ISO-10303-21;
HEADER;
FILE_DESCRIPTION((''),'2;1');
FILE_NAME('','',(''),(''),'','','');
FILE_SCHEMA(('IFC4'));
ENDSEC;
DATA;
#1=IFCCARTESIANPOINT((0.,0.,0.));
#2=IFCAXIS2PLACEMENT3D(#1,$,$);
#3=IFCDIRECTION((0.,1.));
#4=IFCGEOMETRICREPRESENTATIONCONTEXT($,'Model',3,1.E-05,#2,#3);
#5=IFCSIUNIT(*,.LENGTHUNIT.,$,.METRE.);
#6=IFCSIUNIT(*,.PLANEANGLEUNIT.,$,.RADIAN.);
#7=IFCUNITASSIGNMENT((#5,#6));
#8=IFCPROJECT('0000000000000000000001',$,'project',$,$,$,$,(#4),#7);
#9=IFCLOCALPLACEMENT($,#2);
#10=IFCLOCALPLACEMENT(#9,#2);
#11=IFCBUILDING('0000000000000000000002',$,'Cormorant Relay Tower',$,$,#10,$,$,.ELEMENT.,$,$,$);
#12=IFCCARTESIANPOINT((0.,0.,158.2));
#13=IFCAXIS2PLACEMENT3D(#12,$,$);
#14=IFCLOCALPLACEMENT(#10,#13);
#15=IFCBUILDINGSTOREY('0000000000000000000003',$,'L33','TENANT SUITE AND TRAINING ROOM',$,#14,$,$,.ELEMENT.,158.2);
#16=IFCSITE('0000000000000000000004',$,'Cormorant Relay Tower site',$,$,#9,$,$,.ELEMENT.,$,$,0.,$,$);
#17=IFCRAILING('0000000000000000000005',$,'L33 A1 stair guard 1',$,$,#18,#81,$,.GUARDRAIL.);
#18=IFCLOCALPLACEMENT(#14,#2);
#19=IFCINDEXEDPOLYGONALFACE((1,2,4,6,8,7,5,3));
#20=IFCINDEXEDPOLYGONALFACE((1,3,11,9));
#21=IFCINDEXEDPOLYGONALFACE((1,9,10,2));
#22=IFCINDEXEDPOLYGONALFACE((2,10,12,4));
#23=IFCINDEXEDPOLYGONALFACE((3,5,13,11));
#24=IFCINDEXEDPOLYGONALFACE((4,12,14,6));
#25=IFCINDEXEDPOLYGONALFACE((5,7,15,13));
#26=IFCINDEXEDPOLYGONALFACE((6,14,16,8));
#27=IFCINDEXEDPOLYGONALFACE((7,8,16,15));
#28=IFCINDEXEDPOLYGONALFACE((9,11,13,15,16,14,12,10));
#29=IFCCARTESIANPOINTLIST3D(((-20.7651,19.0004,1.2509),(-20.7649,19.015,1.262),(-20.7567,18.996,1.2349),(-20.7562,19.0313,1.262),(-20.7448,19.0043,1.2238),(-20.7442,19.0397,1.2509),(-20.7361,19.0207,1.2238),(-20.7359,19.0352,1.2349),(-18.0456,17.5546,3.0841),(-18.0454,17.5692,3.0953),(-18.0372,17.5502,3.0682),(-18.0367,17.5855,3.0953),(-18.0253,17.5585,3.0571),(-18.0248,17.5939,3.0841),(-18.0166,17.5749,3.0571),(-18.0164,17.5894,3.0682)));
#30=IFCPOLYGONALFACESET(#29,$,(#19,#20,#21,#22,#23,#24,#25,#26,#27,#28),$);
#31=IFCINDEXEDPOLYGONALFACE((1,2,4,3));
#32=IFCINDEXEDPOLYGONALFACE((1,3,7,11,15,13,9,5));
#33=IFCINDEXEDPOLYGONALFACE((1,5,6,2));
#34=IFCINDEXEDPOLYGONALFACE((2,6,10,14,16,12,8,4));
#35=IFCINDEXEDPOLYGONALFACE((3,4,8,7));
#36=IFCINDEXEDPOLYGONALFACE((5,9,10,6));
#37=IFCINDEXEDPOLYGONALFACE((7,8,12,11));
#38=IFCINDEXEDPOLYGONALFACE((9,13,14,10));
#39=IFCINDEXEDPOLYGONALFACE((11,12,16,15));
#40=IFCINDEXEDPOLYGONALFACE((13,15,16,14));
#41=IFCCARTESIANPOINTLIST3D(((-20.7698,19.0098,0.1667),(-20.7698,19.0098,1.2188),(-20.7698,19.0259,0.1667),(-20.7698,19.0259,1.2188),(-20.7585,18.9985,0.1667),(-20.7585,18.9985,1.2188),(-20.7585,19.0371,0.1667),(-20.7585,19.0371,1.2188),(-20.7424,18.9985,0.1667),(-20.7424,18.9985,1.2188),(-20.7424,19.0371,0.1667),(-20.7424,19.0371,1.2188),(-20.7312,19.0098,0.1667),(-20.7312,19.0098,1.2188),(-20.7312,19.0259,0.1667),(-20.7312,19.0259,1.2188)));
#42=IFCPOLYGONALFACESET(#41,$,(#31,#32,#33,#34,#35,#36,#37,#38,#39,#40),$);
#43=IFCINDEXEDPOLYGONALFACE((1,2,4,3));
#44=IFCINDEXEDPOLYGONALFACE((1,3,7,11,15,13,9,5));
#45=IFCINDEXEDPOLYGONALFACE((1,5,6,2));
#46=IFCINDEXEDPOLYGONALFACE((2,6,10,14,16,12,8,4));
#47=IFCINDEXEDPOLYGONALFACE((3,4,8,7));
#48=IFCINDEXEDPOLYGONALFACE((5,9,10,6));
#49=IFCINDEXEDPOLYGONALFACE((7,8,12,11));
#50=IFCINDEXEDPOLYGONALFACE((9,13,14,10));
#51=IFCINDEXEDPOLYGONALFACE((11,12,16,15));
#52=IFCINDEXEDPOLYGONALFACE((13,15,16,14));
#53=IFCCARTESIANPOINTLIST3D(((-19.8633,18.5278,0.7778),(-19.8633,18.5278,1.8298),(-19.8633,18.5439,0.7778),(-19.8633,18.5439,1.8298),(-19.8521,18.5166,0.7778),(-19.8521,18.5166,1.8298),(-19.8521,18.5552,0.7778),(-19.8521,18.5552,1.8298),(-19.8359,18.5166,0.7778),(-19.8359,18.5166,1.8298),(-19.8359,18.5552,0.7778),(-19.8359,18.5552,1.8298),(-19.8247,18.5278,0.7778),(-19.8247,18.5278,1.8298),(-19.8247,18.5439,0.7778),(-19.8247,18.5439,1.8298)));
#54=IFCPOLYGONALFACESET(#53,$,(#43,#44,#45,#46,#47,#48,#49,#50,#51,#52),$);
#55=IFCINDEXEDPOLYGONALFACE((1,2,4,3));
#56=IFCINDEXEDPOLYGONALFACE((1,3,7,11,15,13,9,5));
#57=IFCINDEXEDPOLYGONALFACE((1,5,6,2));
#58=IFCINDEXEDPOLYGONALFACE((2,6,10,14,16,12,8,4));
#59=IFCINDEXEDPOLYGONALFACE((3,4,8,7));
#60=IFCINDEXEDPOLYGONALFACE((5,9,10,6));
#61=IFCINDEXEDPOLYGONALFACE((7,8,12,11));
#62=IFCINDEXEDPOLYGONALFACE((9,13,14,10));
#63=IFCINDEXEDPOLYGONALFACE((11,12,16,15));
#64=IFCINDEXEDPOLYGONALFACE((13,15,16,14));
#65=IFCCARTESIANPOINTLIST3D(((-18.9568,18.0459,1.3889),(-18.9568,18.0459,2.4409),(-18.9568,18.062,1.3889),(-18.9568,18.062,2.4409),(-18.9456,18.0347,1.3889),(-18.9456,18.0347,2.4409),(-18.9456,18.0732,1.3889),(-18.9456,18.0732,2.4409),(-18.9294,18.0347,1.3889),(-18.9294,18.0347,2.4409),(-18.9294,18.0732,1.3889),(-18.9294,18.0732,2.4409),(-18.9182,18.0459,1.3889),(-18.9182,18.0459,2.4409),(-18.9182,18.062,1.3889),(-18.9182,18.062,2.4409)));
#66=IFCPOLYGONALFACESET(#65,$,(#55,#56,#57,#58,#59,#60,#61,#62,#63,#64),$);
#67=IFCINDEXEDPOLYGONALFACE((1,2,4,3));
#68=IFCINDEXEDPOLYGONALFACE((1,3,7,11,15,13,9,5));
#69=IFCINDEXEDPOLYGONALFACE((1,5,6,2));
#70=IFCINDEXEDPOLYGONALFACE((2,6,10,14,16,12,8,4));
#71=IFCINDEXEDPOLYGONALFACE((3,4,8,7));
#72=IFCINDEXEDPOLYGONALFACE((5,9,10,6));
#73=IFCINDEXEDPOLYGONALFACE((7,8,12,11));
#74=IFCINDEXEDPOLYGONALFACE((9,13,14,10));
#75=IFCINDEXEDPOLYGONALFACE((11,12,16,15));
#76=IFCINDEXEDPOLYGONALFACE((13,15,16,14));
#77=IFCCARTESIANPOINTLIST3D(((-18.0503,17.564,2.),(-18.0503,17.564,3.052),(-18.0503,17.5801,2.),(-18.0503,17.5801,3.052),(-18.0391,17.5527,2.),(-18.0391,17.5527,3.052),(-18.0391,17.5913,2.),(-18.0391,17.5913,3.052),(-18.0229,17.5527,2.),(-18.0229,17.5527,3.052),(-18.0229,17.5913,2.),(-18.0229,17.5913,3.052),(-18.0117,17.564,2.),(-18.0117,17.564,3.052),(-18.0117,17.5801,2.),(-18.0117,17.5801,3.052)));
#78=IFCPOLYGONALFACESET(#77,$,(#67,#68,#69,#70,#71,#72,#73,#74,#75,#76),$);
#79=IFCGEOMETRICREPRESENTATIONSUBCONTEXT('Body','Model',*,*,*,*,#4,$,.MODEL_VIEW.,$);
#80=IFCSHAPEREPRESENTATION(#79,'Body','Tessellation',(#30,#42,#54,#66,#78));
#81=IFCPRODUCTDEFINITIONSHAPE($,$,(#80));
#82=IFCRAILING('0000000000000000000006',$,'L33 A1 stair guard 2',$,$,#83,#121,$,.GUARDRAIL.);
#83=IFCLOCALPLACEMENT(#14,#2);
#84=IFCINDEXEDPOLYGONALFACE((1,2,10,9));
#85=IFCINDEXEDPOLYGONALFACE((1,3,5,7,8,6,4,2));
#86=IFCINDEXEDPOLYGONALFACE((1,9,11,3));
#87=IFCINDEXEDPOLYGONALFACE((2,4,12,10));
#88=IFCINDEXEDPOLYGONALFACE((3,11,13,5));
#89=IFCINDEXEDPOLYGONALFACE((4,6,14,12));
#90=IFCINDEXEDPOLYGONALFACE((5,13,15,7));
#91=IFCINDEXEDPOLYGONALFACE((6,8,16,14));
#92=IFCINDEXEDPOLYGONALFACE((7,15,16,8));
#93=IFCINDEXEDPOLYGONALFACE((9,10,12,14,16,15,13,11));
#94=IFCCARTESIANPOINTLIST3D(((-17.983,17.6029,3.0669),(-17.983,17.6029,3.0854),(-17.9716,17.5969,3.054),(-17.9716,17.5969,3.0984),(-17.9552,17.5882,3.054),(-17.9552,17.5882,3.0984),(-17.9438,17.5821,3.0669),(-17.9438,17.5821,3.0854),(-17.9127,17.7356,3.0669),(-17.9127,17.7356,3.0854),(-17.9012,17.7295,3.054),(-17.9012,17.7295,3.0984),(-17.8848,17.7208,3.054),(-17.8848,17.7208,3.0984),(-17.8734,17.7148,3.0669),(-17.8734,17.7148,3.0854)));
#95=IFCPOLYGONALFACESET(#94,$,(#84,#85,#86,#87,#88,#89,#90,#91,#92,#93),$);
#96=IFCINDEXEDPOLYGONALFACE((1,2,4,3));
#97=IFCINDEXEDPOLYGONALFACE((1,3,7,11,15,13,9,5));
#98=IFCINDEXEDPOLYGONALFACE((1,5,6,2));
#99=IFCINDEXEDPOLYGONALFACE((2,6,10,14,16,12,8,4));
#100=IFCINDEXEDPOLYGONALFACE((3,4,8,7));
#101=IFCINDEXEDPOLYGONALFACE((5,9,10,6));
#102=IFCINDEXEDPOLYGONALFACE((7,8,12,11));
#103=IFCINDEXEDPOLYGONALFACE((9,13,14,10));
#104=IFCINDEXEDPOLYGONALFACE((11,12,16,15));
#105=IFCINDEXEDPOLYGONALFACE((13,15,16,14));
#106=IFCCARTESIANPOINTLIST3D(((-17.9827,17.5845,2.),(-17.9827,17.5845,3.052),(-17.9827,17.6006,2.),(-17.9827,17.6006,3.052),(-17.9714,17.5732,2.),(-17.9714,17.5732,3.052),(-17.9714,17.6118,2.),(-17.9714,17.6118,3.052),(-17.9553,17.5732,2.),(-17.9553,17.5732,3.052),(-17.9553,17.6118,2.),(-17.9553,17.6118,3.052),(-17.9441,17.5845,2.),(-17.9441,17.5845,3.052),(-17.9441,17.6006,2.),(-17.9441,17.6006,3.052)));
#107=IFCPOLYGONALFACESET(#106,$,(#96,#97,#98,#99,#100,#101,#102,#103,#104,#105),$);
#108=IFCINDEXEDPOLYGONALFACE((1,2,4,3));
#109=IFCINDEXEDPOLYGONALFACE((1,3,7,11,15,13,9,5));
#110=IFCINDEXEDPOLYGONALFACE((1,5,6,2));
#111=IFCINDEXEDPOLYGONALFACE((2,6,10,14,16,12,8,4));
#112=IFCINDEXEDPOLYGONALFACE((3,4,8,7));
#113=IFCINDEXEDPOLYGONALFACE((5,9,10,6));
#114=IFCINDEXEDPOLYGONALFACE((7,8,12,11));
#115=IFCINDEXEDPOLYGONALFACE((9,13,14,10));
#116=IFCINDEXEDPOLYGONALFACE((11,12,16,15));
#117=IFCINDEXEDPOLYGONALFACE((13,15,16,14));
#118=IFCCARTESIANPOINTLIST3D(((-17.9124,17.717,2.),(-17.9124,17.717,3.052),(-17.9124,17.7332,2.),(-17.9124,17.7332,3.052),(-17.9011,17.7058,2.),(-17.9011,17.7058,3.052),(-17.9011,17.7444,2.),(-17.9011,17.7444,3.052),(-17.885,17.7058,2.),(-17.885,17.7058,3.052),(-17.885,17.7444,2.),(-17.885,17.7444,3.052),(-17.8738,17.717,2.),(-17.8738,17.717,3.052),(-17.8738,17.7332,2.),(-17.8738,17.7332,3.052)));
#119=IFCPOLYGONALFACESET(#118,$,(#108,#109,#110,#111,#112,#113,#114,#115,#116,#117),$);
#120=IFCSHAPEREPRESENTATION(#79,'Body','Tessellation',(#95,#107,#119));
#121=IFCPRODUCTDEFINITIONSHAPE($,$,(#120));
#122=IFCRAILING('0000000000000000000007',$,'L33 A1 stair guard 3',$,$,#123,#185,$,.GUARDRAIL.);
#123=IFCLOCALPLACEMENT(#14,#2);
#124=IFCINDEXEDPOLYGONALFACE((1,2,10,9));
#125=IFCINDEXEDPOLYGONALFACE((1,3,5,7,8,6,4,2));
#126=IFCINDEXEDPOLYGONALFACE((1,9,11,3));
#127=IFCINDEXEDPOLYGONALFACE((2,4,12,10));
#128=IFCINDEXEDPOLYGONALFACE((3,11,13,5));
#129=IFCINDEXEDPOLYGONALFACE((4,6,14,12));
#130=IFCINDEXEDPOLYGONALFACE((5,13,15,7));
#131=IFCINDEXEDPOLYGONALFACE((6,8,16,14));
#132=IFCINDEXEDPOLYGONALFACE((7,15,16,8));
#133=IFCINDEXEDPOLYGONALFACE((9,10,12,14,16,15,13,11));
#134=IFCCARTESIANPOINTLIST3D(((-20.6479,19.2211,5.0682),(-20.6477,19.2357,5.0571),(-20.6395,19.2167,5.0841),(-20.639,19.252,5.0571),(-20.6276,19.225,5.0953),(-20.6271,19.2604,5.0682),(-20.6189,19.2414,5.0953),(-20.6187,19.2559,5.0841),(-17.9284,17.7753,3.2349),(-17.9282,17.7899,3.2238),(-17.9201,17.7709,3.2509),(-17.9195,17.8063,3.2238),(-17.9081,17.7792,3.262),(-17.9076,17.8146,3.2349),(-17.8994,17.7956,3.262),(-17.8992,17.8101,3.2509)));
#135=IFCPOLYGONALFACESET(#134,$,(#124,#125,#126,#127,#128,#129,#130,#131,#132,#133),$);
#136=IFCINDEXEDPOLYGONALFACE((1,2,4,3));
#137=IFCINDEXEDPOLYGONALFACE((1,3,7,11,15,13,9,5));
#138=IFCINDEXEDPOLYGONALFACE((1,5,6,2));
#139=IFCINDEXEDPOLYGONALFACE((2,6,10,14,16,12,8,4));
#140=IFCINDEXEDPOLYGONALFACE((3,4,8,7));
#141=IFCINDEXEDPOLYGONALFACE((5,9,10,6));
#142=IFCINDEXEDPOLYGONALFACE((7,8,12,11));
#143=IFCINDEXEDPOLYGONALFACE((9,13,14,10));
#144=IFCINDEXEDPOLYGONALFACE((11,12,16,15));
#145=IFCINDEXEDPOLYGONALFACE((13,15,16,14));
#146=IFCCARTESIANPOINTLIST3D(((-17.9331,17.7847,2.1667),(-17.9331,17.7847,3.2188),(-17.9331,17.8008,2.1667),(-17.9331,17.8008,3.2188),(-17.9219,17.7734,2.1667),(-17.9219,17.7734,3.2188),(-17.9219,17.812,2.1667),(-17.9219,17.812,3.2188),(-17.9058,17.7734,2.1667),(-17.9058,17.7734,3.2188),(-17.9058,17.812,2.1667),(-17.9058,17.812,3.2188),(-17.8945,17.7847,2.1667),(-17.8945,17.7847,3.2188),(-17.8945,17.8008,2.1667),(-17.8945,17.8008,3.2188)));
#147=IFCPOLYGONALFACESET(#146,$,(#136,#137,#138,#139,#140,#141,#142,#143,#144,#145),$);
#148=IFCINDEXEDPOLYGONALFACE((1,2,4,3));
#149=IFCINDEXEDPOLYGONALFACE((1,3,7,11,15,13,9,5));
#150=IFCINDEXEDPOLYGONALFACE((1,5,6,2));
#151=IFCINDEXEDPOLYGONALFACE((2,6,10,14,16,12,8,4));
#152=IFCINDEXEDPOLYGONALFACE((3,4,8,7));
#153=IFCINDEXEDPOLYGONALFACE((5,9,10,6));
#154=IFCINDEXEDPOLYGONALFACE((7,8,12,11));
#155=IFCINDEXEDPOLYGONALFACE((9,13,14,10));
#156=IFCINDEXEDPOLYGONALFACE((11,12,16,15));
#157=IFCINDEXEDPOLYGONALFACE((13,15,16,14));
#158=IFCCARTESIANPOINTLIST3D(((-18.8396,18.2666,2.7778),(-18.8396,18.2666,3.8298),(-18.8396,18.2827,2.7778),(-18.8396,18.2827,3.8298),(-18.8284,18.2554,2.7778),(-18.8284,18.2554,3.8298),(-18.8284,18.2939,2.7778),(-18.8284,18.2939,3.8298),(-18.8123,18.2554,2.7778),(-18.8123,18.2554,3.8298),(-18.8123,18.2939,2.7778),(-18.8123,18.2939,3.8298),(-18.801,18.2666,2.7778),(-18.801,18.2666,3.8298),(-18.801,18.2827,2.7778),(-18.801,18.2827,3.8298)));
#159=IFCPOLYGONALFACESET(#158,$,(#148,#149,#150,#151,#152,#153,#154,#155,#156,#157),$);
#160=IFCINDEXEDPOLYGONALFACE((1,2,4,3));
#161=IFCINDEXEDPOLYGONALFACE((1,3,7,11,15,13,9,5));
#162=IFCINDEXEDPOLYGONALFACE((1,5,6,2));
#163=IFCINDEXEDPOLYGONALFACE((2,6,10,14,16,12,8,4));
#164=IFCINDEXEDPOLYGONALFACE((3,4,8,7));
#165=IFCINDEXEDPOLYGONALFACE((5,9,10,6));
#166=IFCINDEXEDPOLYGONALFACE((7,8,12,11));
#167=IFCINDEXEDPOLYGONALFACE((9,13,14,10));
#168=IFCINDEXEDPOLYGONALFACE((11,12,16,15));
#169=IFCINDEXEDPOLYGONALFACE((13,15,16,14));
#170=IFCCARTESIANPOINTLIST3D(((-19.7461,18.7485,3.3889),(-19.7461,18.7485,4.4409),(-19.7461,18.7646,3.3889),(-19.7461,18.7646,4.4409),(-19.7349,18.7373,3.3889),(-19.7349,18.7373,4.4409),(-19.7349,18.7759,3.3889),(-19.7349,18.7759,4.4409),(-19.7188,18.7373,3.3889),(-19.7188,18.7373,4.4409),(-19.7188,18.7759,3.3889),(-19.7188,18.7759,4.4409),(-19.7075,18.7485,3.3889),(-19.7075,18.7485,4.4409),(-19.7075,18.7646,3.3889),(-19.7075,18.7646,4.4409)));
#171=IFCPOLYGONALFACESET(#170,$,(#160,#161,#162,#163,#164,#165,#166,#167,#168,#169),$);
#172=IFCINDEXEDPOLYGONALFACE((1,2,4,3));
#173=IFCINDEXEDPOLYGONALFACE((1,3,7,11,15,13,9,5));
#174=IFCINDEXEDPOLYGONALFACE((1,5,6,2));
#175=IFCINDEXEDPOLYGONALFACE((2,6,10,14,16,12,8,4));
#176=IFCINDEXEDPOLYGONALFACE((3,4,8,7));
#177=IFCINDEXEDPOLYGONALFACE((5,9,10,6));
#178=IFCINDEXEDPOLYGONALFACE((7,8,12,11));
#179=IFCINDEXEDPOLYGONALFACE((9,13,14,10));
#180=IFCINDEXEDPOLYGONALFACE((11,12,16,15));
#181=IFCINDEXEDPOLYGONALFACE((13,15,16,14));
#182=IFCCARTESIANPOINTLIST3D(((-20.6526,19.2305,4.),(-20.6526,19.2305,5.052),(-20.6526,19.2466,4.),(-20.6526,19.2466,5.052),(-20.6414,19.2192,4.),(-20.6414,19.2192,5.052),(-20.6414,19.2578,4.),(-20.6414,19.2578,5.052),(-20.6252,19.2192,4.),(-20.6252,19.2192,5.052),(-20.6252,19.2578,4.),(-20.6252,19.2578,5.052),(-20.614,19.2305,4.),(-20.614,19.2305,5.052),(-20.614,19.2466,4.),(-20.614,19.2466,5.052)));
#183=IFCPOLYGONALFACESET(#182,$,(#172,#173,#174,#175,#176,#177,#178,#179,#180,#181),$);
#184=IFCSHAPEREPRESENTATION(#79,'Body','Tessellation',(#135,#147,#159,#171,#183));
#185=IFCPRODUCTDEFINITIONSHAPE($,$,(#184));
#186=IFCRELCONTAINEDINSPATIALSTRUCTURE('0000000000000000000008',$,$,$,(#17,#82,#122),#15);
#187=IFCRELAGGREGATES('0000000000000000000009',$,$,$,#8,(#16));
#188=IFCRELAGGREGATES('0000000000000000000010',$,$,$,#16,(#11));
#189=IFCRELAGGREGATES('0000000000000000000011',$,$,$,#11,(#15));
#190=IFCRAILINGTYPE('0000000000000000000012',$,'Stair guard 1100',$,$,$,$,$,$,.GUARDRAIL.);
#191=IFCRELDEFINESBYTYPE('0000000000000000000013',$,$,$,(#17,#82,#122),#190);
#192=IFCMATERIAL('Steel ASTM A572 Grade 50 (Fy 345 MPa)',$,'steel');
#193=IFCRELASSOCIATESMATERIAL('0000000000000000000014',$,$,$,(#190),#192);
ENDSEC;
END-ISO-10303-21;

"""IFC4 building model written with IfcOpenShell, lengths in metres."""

from ifc_helpers import new_model, si_unit, direction, frame, origin, place, context, subcontext, project, spatial, polyline, outline, extrude, material, type_object, element, save


model = new_model("IFC4")

# Units and contexts
model_context = context("Model", 3, precision=1e-05, world=origin(), true_north=direction((0.0, 1.0)))
body_context = subcontext(model_context, "Body", "Model", "MODEL_VIEW")
ifc_project = project(units=[si_unit("LENGTHUNIT", "METRE"), si_unit("PLANEANGLEUNIT", "RADIAN")], contexts=[model_context])

# Site, building, storey
site_placement = place(None, origin())
site = spatial("IfcSite", under=ifc_project, at=site_placement, Name="Cormorant Relay Tower site", CompositionType="ELEMENT", RefElevation=0.0)
building_placement = place(site_placement, origin())
building = spatial("IfcBuilding", under=site, at=building_placement, Name="Cormorant Relay Tower", CompositionType="ELEMENT")
storey_placement = place(building_placement, frame((0.0, 0.0, 158.2)))
storey = spatial("IfcBuildingStorey", under=building, at=storey_placement, Name="L33", Description="TENANT SUITE AND TRAINING ROOM", CompositionType="ELEMENT", Elevation=158.2)

# Railings
ifc_material_1 = material(Name="Steel ASTM A572 Grade 50 (Fy 345 MPa)", Category="steel")
railing_type_1 = type_object("IfcRailingType", Name="Stair guard 1100", PredefinedType="GUARDRAIL", material=ifc_material_1)
railing_1_placement = place(storey_placement, frame((-20.7505, 19.0178, 0.1667)))
element("IfcRailing", 1, at=railing_1_placement, inside=storey, type_object=railing_type_1, Name="L33 A1 stair guard 1", PredefinedType="GUARDRAIL", context=body_context, shape_type="SweptSolid", body=[
    extrude(outline(polyline([(0.0222, 0.0093), (0.0093, 0.0222), (-0.0093, 0.0222), (-0.0222, 0.0093), (-0.0222, -0.0093), (-0.0093, -0.0222), (0.0093, -0.0222), (0.0222, -0.0093), (0.0222, 0.0093)])), frame((0.0, 0.0, 1.0762), z_axis=(0.758735, -0.403378, 0.511477), x_axis=(0.469428, 0.882971, 0.0)), (0.0, 0.0, 1.0), 3.5842),
    extrude(outline(polyline([(0.0193, 0.0081), (0.0081, 0.0193), (-0.0081, 0.0193), (-0.0193, 0.0081), (-0.0193, -0.0081), (-0.0081, -0.0193), (0.0081, -0.0193), (0.0193, -0.0081), (0.0193, 0.0081)])), origin(), (0.0, 0.0, 1.0), 1.052),
    extrude(outline(polyline([(0.0193, 0.0081), (0.0081, 0.0193), (-0.0081, 0.0193), (-0.0193, 0.0081), (-0.0193, -0.0081), (-0.0081, -0.0193), (0.0081, -0.0193), (0.0193, -0.0081), (0.0193, 0.0081)])), frame((0.9065, -0.4819, 0.6111)), (0.0, 0.0, 1.0), 1.052),
    extrude(outline(polyline([(0.0193, 0.0081), (0.0081, 0.0193), (-0.0081, 0.0193), (-0.0193, 0.0081), (-0.0193, -0.0081), (-0.0081, -0.0193), (0.0081, -0.0193), (0.0193, -0.0081), (0.0193, 0.0081)])), frame((1.813, -0.9639, 1.2222)), (0.0, 0.0, 1.0), 1.052),
    extrude(outline(polyline([(0.0193, 0.0081), (0.0081, 0.0193), (-0.0081, 0.0193), (-0.0193, 0.0081), (-0.0193, -0.0081), (-0.0081, -0.0193), (0.0081, -0.0193), (0.0193, -0.0081), (0.0193, 0.0081)])), frame((2.7195, -1.4458, 1.8333)), (0.0, 0.0, 1.0), 1.052),
])
railing_2_placement = place(storey_placement, frame((-17.9634, 17.5925, 2.0)))
element("IfcRailing", 2, at=railing_2_placement, inside=storey, type_object=railing_type_1, Name="L33 A1 stair guard 2", PredefinedType="GUARDRAIL", context=body_context, shape_type="SweptSolid", body=[
    extrude(outline(polyline([(0.0222, 0.0093), (0.0093, 0.0222), (-0.0093, 0.0222), (-0.0222, 0.0093), (-0.0222, -0.0093), (-0.0093, -0.0222), (0.0093, -0.0222), (0.0222, -0.0093), (0.0222, 0.0093)])), frame((0.0, 0.0, 1.0762), z_axis=(0.46856, 0.883431, 0.0), x_axis=(-0.883431, 0.46856, 0.0)), (0.0, 0.0, 1.0), 0.1501),
    extrude(outline(polyline([(0.0193, 0.0081), (0.0081, 0.0193), (-0.0081, 0.0193), (-0.0193, 0.0081), (-0.0193, -0.0081), (-0.0081, -0.0193), (0.0081, -0.0193), (0.0193, -0.0081), (0.0193, 0.0081)])), origin(), (0.0, 0.0, 1.0), 1.052),
    extrude(outline(polyline([(0.0193, 0.0081), (0.0081, 0.0193), (-0.0081, 0.0193), (-0.0193, 0.0081), (-0.0193, -0.0081), (-0.0081, -0.0193), (0.0081, -0.0193), (0.0193, -0.0081), (0.0193, 0.0081)])), frame((0.0703, 0.1326, 0.0)), (0.0, 0.0, 1.0), 1.052),
])
railing_3_placement = place(storey_placement, frame((-17.9138, 17.7927, 2.1667)))
element("IfcRailing", 3, at=railing_3_placement, inside=storey, type_object=railing_type_1, Name="L33 A1 stair guard 3", PredefinedType="GUARDRAIL", context=body_context, shape_type="SweptSolid", body=[
    extrude(outline(polyline([(0.0222, 0.0093), (0.0093, 0.0222), (-0.0093, 0.0222), (-0.0222, 0.0093), (-0.0222, -0.0093), (-0.0093, -0.0222), (0.0093, -0.0222), (0.0222, -0.0093), (0.0222, 0.0093)])), frame((0.0, 0.0, 1.0762), z_axis=(-0.758735, 0.403378, 0.511477), x_axis=(-0.469428, -0.882971, 0.0)), (0.0, 0.0, 1.0), 3.5842),
    extrude(outline(polyline([(0.0193, 0.0081), (0.0081, 0.0193), (-0.0081, 0.0193), (-0.0193, 0.0081), (-0.0193, -0.0081), (-0.0081, -0.0193), (0.0081, -0.0193), (0.0193, -0.0081), (0.0193, 0.0081)])), origin(), (0.0, 0.0, 1.0), 1.052),
    extrude(outline(polyline([(0.0193, 0.0081), (0.0081, 0.0193), (-0.0081, 0.0193), (-0.0193, 0.0081), (-0.0193, -0.0081), (-0.0081, -0.0193), (0.0081, -0.0193), (0.0193, -0.0081), (0.0193, 0.0081)])), frame((-0.9065, 0.4819, 0.6111)), (0.0, 0.0, 1.0), 1.052),
    extrude(outline(polyline([(0.0193, 0.0081), (0.0081, 0.0193), (-0.0081, 0.0193), (-0.0193, 0.0081), (-0.0193, -0.0081), (-0.0081, -0.0193), (0.0081, -0.0193), (0.0193, -0.0081), (0.0193, 0.0081)])), frame((-1.813, 0.9639, 1.2222)), (0.0, 0.0, 1.0), 1.052),
    extrude(outline(polyline([(0.0193, 0.0081), (0.0081, 0.0193), (-0.0081, 0.0193), (-0.0193, 0.0081), (-0.0193, -0.0081), (-0.0081, -0.0193), (0.0081, -0.0193), (0.0193, -0.0081), (0.0193, 0.0081)])), frame((-2.7195, 1.4458, 1.8333)), (0.0, 0.0, 1.0), 1.052),
])

save(model, "model.ifc")
